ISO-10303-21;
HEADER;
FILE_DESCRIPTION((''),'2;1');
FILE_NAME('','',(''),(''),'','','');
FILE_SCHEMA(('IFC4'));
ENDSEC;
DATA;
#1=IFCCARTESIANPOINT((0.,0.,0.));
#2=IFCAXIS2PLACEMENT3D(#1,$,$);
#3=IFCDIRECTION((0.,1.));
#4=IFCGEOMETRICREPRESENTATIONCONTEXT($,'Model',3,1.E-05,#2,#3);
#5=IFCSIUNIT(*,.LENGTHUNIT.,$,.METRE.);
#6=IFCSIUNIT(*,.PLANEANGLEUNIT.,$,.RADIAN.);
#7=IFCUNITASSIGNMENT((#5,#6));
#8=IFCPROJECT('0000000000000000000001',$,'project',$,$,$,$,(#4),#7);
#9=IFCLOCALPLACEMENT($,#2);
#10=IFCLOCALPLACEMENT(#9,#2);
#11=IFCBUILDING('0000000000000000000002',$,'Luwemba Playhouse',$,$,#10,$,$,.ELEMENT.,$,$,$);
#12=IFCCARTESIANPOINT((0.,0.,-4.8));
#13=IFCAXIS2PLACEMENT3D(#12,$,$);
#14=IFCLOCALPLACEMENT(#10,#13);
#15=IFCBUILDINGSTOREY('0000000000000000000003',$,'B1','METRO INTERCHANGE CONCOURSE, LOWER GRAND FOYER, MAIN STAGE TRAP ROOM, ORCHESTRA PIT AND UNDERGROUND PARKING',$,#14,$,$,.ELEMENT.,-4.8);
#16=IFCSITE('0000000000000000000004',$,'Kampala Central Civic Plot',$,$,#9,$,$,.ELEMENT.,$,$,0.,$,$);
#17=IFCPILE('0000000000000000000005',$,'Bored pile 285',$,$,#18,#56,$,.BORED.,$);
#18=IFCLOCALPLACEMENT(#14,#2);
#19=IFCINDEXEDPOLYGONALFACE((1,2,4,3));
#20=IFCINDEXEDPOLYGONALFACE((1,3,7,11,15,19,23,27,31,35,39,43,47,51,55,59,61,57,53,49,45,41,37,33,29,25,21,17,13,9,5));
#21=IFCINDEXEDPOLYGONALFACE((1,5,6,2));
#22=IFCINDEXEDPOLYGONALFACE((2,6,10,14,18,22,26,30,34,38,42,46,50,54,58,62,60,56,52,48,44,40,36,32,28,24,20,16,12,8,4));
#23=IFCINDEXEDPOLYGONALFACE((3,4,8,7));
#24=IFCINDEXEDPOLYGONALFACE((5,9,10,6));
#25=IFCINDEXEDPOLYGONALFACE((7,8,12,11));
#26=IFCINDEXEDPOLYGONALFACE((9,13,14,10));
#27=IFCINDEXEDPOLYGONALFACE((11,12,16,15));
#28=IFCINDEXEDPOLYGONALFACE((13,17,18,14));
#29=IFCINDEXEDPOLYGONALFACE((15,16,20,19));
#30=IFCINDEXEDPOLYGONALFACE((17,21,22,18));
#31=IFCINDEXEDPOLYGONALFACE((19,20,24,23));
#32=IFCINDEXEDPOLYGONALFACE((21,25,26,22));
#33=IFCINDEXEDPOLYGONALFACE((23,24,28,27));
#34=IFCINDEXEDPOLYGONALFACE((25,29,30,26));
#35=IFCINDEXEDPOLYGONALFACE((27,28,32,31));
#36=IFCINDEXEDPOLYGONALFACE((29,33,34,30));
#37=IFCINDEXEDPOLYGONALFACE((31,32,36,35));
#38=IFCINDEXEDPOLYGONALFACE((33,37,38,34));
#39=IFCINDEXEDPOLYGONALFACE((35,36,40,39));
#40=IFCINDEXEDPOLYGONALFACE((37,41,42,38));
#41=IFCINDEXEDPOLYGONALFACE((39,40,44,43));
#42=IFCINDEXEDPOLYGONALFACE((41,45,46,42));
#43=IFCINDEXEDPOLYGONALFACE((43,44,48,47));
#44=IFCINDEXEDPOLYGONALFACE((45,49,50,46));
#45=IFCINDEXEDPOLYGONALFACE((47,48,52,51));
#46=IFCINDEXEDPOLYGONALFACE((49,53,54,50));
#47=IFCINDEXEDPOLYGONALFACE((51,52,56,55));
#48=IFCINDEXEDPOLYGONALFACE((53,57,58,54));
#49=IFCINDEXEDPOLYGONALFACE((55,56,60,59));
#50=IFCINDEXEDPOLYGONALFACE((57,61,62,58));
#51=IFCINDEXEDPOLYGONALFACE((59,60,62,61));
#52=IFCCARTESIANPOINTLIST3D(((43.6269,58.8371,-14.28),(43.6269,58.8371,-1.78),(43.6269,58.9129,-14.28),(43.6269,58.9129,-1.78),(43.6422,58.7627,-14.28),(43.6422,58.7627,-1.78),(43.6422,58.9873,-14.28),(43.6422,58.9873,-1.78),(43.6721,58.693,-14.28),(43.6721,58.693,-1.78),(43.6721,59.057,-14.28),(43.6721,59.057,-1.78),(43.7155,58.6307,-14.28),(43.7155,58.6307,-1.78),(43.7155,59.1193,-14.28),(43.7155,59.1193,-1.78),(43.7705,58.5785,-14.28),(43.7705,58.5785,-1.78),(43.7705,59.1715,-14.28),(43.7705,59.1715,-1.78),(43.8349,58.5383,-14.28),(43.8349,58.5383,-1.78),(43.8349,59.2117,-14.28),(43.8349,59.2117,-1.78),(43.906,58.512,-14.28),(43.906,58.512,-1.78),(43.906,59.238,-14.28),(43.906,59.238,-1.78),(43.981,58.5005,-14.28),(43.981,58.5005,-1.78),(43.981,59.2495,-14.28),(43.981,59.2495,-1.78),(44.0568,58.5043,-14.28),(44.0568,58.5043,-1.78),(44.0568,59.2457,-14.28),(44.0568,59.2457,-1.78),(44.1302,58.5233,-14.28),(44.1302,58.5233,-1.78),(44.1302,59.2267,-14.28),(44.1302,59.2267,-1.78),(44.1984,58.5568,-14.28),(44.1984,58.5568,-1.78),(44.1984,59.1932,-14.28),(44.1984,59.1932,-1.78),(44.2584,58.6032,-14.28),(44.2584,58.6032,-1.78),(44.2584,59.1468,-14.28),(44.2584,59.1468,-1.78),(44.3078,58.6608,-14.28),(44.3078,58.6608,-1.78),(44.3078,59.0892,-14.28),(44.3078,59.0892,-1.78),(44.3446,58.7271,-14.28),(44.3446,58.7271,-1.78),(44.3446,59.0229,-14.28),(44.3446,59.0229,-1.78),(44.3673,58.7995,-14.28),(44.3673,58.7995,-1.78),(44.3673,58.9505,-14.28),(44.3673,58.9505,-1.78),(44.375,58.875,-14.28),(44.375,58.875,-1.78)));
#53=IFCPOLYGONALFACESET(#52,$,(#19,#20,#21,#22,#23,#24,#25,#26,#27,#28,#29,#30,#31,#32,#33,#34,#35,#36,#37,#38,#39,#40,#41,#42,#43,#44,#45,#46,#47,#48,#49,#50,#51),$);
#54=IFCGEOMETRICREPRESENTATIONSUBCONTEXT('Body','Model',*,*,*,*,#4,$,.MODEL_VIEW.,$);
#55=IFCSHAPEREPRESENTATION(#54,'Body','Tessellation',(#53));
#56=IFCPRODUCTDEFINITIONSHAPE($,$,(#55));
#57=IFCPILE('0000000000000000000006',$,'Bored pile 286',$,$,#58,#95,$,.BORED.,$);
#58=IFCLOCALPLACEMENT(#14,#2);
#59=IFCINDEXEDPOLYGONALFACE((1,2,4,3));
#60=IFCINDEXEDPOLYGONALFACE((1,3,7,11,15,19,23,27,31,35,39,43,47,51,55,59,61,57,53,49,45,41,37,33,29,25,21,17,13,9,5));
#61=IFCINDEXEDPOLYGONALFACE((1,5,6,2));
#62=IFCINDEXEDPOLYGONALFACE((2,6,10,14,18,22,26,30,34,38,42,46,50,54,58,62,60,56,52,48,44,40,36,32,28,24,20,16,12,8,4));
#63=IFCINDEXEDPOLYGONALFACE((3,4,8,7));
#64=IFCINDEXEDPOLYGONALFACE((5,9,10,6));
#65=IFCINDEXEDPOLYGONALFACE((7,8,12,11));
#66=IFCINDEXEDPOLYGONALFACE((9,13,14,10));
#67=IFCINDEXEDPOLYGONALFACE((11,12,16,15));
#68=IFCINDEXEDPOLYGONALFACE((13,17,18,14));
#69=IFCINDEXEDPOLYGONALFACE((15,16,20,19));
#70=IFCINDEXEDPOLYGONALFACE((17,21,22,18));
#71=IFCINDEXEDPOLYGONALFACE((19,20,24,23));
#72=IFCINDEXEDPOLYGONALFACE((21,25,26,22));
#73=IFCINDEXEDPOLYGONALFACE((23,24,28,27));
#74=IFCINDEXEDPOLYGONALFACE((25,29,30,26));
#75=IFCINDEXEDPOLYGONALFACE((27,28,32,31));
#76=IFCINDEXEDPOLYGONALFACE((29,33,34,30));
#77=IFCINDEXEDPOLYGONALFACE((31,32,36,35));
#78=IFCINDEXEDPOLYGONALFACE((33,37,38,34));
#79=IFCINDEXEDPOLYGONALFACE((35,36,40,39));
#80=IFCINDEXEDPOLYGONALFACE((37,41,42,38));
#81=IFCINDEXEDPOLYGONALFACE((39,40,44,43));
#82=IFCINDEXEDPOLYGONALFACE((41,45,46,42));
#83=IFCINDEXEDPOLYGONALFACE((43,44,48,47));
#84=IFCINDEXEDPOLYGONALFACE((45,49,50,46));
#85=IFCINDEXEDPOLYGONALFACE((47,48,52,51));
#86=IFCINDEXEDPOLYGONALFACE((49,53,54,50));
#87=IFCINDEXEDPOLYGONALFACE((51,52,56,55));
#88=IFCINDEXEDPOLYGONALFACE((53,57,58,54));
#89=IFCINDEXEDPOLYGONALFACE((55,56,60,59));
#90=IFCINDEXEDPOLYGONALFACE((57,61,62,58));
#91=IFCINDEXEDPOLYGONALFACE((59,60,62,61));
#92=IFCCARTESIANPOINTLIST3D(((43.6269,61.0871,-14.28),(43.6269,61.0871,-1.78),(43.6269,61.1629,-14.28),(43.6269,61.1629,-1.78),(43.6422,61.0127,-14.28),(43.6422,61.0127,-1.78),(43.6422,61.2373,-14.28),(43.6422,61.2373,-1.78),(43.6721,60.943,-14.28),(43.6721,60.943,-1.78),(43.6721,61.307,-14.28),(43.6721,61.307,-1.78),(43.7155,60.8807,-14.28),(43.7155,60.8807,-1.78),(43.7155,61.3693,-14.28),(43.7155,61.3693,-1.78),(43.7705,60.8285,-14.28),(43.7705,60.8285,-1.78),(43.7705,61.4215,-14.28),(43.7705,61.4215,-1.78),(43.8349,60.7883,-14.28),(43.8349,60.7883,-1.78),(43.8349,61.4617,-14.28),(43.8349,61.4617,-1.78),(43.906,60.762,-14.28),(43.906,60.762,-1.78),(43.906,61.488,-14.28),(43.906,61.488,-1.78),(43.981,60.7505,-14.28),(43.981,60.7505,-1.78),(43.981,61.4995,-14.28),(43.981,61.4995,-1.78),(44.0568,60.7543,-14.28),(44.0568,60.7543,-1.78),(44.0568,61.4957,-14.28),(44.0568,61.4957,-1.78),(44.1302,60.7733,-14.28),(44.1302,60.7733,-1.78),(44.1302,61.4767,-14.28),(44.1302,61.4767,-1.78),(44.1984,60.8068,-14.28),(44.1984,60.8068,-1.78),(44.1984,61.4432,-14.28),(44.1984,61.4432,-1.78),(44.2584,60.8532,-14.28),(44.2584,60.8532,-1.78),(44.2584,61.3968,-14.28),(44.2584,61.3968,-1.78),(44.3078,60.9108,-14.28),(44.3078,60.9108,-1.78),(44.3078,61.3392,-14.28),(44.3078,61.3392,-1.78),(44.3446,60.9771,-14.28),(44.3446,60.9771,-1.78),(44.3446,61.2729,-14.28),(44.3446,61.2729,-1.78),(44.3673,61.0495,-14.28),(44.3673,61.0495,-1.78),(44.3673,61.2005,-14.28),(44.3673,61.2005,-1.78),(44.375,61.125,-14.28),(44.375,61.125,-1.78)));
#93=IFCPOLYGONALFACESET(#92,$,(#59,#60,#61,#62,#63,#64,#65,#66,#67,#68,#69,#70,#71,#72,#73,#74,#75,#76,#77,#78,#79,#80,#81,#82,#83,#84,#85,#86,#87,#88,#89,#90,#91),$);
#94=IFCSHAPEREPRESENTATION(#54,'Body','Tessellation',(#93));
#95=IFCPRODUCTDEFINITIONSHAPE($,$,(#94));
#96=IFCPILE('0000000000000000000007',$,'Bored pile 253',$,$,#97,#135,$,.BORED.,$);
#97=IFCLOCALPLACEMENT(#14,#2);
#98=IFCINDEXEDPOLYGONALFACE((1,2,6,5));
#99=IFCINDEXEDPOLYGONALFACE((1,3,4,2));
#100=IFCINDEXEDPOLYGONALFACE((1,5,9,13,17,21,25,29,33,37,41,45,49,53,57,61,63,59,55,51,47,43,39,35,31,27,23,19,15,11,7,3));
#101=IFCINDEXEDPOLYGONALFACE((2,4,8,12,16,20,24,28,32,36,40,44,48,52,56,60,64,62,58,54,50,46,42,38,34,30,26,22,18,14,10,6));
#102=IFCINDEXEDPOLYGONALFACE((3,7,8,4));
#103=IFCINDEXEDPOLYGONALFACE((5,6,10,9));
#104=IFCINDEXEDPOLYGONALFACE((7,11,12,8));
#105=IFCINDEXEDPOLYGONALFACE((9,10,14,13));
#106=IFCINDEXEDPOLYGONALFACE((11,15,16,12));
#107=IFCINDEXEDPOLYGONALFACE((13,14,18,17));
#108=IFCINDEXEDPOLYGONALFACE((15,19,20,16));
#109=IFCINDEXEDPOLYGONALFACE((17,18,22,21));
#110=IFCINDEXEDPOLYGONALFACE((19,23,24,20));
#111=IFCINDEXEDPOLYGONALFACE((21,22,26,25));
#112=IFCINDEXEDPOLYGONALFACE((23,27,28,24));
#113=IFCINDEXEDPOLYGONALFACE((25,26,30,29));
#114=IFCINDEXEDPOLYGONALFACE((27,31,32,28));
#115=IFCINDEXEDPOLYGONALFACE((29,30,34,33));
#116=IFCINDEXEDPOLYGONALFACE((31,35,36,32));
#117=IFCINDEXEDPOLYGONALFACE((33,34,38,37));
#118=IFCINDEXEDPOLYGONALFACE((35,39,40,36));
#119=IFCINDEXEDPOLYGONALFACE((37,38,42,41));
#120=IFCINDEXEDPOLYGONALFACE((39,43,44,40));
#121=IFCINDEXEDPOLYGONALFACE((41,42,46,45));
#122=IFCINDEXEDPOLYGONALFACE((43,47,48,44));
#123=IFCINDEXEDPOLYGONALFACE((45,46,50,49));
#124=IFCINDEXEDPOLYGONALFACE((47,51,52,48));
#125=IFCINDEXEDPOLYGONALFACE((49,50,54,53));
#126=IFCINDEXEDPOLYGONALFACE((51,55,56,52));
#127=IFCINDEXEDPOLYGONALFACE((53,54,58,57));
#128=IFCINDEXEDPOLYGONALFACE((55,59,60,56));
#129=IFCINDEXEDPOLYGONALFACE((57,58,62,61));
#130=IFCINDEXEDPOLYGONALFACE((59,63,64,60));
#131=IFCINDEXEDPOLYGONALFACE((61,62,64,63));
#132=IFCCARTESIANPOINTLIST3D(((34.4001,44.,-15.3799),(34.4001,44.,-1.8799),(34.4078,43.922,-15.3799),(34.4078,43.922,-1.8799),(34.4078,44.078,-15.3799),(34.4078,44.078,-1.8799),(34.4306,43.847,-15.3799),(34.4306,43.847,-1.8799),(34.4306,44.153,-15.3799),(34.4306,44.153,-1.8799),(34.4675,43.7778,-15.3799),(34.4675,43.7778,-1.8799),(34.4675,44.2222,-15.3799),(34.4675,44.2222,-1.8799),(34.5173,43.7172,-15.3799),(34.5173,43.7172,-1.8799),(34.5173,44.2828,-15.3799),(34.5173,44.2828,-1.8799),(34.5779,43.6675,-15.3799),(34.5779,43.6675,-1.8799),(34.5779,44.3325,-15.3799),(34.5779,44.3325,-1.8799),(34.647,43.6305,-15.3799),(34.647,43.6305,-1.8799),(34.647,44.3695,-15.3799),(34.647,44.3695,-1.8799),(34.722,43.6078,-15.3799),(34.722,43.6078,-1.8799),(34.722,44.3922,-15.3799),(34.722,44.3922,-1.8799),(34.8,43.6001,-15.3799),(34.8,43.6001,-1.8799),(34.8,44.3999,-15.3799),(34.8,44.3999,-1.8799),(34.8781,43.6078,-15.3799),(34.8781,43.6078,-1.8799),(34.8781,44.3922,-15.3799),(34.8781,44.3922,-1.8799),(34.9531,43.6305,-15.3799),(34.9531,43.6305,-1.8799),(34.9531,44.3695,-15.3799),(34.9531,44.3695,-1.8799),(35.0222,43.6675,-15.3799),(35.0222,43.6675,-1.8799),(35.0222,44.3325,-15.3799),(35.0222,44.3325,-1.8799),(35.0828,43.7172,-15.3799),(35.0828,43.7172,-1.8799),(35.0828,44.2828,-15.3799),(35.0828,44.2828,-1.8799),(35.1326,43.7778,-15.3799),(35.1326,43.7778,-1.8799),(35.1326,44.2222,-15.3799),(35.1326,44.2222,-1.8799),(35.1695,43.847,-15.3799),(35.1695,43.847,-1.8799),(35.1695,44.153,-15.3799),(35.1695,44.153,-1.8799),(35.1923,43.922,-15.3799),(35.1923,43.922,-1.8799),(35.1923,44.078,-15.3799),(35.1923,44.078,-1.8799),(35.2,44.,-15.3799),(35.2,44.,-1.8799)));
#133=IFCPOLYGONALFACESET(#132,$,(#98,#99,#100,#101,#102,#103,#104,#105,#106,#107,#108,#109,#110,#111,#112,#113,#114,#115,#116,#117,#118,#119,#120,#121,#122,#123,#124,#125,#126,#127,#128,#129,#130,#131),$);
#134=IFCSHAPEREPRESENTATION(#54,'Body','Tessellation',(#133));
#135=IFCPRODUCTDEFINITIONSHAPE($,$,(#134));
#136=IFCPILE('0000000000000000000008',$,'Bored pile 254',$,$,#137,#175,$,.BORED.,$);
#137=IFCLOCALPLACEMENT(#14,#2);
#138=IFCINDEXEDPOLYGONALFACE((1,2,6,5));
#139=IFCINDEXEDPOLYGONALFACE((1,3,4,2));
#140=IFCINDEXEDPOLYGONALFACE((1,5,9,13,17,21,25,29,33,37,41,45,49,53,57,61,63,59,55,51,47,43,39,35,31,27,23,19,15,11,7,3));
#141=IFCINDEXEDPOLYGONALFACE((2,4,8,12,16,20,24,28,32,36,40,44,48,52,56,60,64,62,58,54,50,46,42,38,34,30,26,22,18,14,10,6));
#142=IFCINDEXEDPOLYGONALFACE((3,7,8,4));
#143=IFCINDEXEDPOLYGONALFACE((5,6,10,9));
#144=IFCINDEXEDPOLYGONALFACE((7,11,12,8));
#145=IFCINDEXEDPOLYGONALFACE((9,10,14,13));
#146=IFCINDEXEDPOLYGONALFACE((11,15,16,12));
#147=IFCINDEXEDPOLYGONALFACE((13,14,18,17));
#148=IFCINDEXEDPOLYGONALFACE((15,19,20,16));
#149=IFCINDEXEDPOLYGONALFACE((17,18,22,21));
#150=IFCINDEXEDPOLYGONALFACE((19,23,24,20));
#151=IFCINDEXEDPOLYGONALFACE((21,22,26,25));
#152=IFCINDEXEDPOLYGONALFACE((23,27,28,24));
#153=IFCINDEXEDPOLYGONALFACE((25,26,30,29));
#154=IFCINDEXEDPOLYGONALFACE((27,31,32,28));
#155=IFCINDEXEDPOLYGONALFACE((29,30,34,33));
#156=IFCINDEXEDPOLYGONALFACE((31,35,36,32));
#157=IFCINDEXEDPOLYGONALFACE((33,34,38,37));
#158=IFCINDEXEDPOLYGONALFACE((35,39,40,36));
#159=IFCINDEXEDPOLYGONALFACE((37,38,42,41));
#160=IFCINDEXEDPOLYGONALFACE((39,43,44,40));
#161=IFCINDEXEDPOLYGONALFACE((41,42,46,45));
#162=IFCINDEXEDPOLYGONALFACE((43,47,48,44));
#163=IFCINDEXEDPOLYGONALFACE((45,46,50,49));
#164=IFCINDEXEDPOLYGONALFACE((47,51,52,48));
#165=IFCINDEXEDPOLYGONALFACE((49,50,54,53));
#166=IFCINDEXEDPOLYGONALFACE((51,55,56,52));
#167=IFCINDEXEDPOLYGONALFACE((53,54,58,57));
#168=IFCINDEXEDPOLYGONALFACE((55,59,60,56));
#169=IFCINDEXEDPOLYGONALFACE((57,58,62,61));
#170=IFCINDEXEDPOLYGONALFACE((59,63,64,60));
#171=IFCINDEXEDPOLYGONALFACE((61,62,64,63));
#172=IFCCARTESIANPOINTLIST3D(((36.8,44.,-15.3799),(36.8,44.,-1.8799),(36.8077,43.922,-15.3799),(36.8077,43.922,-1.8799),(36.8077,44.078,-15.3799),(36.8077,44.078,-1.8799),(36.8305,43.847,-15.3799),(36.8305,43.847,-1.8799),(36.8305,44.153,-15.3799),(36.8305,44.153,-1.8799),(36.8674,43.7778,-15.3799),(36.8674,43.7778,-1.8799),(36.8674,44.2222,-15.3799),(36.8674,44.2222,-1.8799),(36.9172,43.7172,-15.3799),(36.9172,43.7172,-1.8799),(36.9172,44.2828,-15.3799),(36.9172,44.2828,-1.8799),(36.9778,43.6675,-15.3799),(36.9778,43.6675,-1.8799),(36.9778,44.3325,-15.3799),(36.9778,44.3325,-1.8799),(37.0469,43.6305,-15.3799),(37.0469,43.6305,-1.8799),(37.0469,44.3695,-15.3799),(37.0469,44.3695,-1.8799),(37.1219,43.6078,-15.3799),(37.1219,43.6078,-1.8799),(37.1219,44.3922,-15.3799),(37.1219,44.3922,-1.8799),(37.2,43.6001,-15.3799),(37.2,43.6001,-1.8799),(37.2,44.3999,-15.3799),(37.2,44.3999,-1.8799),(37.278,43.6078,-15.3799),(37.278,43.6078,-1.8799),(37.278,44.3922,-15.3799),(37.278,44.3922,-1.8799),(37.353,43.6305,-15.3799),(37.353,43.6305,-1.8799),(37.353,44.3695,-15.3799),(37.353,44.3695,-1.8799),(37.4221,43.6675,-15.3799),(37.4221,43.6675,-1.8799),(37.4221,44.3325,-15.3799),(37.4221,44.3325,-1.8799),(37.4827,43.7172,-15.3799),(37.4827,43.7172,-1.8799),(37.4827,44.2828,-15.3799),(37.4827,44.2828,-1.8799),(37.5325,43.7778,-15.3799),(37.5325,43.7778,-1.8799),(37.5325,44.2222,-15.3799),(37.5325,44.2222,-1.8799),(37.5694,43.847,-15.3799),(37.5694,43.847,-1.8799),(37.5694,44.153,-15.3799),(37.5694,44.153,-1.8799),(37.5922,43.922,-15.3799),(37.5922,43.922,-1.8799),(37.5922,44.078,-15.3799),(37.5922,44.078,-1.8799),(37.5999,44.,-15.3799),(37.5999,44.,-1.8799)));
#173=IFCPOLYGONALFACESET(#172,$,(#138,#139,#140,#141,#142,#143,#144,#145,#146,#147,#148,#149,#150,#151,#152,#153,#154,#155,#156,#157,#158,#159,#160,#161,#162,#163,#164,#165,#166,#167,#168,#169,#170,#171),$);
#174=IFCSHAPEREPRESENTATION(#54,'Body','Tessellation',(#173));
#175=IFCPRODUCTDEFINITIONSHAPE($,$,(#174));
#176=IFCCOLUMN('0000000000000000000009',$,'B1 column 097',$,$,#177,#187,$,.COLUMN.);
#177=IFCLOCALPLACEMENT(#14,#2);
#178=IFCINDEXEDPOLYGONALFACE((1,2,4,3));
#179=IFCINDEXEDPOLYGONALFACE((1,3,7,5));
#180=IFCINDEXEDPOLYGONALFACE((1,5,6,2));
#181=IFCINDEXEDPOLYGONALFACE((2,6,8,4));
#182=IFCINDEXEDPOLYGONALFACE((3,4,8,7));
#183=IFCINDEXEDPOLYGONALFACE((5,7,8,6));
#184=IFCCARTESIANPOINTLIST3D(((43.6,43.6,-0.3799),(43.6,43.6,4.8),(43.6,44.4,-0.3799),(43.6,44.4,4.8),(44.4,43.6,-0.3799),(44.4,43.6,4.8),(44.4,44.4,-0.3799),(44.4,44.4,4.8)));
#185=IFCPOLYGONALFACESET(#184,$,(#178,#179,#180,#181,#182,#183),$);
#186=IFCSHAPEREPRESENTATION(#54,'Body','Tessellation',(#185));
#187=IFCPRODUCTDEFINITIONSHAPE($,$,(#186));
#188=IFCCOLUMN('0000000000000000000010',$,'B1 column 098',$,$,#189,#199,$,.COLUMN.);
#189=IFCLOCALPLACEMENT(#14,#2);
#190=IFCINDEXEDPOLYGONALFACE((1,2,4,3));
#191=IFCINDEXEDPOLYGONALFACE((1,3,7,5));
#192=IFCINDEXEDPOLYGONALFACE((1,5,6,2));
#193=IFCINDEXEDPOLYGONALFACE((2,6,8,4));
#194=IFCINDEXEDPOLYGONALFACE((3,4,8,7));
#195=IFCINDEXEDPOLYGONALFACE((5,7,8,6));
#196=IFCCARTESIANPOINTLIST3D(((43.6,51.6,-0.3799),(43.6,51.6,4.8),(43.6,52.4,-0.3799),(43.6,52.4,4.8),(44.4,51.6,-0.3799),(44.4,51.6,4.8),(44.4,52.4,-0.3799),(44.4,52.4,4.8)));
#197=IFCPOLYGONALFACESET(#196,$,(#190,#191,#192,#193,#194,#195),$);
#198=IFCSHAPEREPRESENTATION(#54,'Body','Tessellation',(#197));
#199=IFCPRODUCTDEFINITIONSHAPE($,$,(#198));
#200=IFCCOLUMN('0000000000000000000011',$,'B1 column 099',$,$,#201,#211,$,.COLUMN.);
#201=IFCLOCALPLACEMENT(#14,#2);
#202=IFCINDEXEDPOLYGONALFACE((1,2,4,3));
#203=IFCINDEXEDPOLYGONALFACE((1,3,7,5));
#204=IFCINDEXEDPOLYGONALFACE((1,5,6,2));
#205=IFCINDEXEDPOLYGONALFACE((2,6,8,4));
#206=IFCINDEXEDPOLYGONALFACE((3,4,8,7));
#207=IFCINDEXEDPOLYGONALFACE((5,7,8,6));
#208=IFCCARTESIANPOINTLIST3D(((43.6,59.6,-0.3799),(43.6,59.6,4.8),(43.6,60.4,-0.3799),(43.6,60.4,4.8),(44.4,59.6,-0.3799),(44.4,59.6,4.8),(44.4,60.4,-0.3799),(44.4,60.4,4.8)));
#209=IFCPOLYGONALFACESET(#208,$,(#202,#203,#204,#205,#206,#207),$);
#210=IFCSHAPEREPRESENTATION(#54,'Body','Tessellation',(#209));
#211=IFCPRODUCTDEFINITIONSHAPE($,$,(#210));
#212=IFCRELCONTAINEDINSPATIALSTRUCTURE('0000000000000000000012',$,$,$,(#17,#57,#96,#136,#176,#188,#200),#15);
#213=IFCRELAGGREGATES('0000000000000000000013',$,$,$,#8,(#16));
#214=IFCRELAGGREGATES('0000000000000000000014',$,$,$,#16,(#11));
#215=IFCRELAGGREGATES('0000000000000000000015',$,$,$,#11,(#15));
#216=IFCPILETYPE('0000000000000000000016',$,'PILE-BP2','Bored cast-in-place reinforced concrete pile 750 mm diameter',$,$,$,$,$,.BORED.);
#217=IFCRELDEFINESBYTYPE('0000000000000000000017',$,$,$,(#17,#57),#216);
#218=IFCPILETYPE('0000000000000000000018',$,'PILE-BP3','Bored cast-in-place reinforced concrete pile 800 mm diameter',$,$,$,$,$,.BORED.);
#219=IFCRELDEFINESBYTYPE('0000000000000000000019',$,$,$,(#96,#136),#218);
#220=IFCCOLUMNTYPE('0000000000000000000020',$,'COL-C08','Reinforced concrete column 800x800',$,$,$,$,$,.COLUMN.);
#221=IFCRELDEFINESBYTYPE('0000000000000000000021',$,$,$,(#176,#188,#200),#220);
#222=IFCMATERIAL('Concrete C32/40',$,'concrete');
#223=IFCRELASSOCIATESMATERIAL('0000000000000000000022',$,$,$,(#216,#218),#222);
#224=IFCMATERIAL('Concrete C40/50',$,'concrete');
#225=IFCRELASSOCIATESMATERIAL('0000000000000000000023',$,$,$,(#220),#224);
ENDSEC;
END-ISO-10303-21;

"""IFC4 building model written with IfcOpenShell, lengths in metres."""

from ifc_helpers import new_model, si_unit, direction, frame, origin, origin_2d, place, context, subcontext, project, spatial, rectangle, circle, extrude, material, material_profile, profile_set, type_object, element, save


model = new_model("IFC4")

# Units and contexts
model_context = context("Model", 3, precision=1e-05, world=origin(), true_north=direction((0.0, 1.0)))
body_context = subcontext(model_context, "Body", "Model", "MODEL_VIEW")
ifc_project = project(units=[si_unit("LENGTHUNIT", "METRE"), si_unit("PLANEANGLEUNIT", "RADIAN")], contexts=[model_context])

# Site, building, storey
site_placement = place(None, origin())
site = spatial("IfcSite", under=ifc_project, at=site_placement, Name="Kampala Central Civic Plot", CompositionType="ELEMENT", RefElevation=0.0)
building_placement = place(site_placement, origin())
building = spatial("IfcBuilding", under=site, at=building_placement, Name="Luwemba Playhouse", CompositionType="ELEMENT")
storey_placement = place(building_placement, frame((0.0, 0.0, -4.8)))
storey = spatial("IfcBuildingStorey", under=building, at=storey_placement, Name="B1", Description="METRO INTERCHANGE CONCOURSE, LOWER GRAND FOYER, MAIN STAGE TRAP ROOM, ORCHESTRA PIT AND UNDERGROUND PARKING", CompositionType="ELEMENT", Elevation=-4.8)

# Shared definitions
ifc_material_1 = material(Name="Concrete C32/40", Category="concrete")

# Piles
ifc_material_profile_1 = material_profile(ifc_material_1, circle(Radius=0.375, at=origin_2d()))
ifc_profile_set_1 = profile_set([ifc_material_profile_1], Name="Concrete C32/40")
pile_type_1 = type_object("IfcPileType", Name="PILE-BP2", Description="Bored cast-in-place reinforced concrete pile 750 mm diameter", PredefinedType="BORED", material=ifc_profile_set_1)
for number, where, z_axis, x_axis, name in (
    (1, (44.0, 58.875, -1.78), (0.0, 0.0, -1.0), (1.0, 0.0, 0.0), "Bored pile 285"),
    (2, (44.0, 61.125, -1.78), (0.0, 0.0, -1.0), (1.0, 0.0, 0.0), "Bored pile 286"),
):
    element("IfcPile", number, at=place(storey_placement, frame(where, z_axis=z_axis, x_axis=x_axis)), inside=storey, type_object=pile_type_1, Name=name, PredefinedType="BORED", context=body_context, shape_type="SweptSolid", body=[
        extrude(circle(Radius=0.375, at=origin_2d()), origin(), (0.0, 0.0, 1.0), 12.5),
    ])
ifc_material_profile_2 = material_profile(ifc_material_1, circle(Radius=0.3999, at=origin_2d()))
ifc_profile_set_2 = profile_set([ifc_material_profile_2], Name="Concrete C32/40")
pile_type_2 = type_object("IfcPileType", Name="PILE-BP3", Description="Bored cast-in-place reinforced concrete pile 800 mm diameter", PredefinedType="BORED", material=ifc_profile_set_2)
for number, where, z_axis, x_axis, name in (
    (3, (34.8, 44.0, -1.8799), (0.0, 0.0, -1.0), (1.0, 0.0, 0.0), "Bored pile 253"),
    (4, (37.2, 44.0, -1.8799), (0.0, 0.0, -1.0), (1.0, 0.0, 0.0), "Bored pile 254"),
):
    element("IfcPile", number, at=place(storey_placement, frame(where, z_axis=z_axis, x_axis=x_axis)), inside=storey, type_object=pile_type_2, Name=name, PredefinedType="BORED", context=body_context, shape_type="SweptSolid", body=[
        extrude(circle(Radius=0.3999, at=origin_2d()), origin(), (0.0, 0.0, 1.0), 13.5),
    ])

# Columns
ifc_material_2 = material(Name="Concrete C40/50", Category="concrete")
ifc_material_profile_3 = material_profile(ifc_material_2, rectangle(XDim=0.8, YDim=0.8, at=origin_2d()))
ifc_profile_set_3 = profile_set([ifc_material_profile_3], Name="Concrete C40/50")
column_type_1 = type_object("IfcColumnType", Name="COL-C08", Description="Reinforced concrete column 800x800", PredefinedType="COLUMN", material=ifc_profile_set_3)
for number, where, z_axis, x_axis, name in (
    (5, (44.0, 44.0, -0.3799), (0.0, 0.0, 1.0), (1.0, 0.0, 0.0), "B1 column 097"),
    (6, (44.0, 52.0, -0.3799), (0.0, 0.0, 1.0), (1.0, 0.0, 0.0), "B1 column 098"),
    (7, (44.0, 60.0, -0.3799), (0.0, 0.0, 1.0), (1.0, 0.0, 0.0), "B1 column 099"),
):
    element("IfcColumn", number, at=place(storey_placement, frame(where, z_axis=z_axis, x_axis=x_axis)), inside=storey, type_object=column_type_1, Name=name, PredefinedType="COLUMN", context=body_context, shape_type="SweptSolid", body=[
        extrude(rectangle(XDim=0.8, YDim=0.8, at=origin_2d()), origin(), (0.0, 0.0, 1.0), 5.1799),
    ])

save(model, "model.ifc")
